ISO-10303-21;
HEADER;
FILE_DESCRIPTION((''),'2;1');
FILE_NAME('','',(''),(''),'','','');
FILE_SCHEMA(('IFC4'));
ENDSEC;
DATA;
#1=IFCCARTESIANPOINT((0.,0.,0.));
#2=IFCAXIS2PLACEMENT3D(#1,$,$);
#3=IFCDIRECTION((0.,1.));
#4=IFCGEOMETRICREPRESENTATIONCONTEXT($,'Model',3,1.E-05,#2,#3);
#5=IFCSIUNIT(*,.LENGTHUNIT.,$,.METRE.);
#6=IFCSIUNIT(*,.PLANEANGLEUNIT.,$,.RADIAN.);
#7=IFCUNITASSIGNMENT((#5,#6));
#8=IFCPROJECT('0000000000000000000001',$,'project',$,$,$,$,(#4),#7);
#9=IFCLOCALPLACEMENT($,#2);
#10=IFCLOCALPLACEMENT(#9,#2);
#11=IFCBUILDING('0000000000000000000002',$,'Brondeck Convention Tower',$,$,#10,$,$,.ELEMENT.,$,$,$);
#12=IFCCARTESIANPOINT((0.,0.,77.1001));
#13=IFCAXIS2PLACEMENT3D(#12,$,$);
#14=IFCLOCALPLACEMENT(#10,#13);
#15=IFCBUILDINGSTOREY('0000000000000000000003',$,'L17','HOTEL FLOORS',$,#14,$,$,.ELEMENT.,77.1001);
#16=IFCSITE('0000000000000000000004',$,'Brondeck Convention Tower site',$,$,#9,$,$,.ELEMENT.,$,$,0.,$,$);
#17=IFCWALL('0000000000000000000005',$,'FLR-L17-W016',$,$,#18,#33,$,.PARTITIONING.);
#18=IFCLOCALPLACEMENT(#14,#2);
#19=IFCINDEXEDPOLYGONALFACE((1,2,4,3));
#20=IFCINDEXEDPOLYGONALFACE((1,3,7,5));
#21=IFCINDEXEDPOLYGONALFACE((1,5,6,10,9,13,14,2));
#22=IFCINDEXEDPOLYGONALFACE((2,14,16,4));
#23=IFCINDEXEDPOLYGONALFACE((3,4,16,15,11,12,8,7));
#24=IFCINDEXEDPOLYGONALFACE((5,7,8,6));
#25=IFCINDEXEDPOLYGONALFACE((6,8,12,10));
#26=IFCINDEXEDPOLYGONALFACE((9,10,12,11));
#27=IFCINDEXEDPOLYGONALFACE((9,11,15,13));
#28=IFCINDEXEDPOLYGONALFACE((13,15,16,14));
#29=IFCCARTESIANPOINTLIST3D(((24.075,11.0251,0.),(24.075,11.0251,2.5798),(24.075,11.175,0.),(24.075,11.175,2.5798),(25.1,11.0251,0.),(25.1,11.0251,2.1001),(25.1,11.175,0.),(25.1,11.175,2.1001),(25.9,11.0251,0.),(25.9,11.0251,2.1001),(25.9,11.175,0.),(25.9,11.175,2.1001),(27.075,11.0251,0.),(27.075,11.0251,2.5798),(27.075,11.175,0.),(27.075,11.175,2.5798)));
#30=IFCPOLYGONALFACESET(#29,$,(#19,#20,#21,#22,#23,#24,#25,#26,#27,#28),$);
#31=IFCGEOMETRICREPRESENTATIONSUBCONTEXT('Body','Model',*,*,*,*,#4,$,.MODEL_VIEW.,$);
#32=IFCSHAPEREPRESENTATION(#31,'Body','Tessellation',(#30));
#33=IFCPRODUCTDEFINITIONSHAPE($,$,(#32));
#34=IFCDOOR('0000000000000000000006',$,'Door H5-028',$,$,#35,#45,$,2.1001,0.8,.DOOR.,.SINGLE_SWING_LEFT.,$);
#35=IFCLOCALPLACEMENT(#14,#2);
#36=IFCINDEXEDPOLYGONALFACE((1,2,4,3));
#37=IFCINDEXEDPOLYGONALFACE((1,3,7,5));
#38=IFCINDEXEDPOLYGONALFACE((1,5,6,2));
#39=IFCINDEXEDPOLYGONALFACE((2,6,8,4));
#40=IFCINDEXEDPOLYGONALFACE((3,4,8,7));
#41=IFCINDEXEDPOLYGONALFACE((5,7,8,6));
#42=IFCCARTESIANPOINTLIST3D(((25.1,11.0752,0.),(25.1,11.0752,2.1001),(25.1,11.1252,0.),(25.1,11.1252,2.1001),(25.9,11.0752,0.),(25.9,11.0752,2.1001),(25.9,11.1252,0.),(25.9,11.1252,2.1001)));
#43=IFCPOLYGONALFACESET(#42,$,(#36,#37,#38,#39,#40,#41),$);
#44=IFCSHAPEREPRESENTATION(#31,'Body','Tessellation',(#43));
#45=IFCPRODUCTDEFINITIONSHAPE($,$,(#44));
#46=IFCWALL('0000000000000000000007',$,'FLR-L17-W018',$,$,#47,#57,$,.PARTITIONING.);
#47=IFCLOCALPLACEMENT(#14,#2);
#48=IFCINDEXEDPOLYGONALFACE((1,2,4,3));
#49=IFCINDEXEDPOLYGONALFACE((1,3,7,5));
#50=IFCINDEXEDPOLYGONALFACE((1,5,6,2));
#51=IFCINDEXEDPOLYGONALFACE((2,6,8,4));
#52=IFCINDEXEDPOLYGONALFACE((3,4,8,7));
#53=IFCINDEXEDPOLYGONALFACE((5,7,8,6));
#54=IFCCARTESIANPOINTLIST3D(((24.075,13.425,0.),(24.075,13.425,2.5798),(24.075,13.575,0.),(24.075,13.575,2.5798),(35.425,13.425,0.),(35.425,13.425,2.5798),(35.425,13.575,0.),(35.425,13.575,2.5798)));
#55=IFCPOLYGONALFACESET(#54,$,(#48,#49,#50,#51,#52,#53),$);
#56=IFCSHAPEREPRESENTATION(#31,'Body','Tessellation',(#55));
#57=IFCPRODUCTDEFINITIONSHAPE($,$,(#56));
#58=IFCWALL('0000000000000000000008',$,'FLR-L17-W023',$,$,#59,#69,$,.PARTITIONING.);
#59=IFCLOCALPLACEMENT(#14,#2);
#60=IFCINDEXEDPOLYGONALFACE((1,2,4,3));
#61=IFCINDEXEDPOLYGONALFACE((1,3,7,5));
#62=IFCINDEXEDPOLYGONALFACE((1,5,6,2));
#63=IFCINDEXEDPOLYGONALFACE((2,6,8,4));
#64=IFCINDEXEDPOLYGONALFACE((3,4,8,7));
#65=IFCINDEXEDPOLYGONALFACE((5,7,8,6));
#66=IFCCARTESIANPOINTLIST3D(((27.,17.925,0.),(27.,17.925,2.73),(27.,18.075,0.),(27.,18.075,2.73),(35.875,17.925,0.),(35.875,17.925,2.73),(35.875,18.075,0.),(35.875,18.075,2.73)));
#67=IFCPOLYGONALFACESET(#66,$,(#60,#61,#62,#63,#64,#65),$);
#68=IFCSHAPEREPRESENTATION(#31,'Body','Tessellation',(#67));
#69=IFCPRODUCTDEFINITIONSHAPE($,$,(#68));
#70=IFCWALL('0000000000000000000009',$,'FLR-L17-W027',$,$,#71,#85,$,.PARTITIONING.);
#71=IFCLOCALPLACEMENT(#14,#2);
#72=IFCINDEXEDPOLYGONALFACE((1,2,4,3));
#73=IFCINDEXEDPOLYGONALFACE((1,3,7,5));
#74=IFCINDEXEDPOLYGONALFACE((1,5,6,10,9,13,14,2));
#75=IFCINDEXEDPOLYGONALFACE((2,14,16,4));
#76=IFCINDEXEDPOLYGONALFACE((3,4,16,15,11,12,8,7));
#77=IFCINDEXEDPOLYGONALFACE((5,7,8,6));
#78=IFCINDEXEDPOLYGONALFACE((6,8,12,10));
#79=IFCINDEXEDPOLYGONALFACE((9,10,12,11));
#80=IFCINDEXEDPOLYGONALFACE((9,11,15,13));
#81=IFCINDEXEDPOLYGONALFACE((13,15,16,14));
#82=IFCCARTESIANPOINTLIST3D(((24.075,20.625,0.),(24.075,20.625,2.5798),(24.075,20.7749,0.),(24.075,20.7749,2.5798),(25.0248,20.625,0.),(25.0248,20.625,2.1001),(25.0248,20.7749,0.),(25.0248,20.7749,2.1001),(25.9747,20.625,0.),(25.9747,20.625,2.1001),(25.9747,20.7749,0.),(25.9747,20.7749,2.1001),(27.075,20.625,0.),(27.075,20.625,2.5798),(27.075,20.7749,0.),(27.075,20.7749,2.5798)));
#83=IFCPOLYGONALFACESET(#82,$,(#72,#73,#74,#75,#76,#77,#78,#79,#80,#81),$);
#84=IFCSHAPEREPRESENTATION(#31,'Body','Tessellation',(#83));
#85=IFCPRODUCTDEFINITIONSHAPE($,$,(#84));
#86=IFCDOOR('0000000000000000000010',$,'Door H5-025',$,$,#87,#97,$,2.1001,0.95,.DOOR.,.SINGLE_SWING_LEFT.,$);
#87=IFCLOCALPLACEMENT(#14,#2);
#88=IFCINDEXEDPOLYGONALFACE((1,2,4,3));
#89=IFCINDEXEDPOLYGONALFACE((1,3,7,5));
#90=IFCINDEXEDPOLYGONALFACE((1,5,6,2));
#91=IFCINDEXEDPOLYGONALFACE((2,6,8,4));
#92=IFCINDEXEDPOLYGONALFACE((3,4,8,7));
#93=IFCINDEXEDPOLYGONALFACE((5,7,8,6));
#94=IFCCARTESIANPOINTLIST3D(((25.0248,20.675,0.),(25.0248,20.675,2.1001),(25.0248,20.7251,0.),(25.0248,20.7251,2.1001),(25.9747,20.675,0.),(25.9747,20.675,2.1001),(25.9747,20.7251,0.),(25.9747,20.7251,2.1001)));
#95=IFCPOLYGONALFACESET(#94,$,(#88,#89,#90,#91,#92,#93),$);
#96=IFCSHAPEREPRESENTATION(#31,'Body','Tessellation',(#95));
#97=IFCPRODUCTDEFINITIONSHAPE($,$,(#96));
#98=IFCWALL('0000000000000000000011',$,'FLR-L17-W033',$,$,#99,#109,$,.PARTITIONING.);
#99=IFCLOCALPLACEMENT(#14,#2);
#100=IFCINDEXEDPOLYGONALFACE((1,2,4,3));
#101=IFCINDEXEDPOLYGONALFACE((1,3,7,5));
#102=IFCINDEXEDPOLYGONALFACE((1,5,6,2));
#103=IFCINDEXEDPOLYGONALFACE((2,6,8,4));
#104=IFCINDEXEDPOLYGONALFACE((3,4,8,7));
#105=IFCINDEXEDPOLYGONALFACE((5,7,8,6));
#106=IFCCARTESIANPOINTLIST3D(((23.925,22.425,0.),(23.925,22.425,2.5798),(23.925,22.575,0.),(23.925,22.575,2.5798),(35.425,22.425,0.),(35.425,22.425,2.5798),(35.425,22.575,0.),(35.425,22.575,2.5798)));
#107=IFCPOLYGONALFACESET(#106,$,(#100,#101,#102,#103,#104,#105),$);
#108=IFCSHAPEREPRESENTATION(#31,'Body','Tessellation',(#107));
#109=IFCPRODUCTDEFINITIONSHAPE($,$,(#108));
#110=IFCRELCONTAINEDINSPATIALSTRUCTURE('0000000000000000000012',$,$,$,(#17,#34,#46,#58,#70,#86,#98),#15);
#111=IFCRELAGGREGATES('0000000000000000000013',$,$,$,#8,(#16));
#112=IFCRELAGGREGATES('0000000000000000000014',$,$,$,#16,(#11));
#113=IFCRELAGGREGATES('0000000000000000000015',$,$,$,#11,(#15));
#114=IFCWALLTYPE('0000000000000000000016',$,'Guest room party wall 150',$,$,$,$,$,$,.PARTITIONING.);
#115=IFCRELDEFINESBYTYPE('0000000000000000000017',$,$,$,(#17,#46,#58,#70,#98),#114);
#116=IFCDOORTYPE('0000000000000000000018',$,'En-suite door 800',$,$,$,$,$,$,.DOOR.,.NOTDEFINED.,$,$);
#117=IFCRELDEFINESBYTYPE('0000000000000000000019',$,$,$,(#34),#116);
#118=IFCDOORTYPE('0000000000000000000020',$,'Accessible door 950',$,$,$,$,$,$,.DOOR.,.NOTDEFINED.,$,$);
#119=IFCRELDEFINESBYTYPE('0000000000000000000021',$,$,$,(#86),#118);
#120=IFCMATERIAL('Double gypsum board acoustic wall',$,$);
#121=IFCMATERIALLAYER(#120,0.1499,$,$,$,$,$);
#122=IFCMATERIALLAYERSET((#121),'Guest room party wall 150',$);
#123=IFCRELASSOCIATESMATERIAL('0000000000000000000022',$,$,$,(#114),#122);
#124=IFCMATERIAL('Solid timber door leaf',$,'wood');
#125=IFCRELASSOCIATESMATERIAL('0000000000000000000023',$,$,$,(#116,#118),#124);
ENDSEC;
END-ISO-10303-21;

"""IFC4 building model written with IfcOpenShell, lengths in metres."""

from ifc_helpers import new_model, si_unit, direction, frame, frame_2d, origin, place, context, subcontext, project, spatial, rectangle, extrude, material, layer, layer_set, type_object, element, fill, save


model = new_model("IFC4")

# Units and contexts
model_context = context("Model", 3, precision=1e-05, world=origin(), true_north=direction((0.0, 1.0)))
body_context = subcontext(model_context, "Body", "Model", "MODEL_VIEW")
ifc_project = project(units=[si_unit("LENGTHUNIT", "METRE"), si_unit("PLANEANGLEUNIT", "RADIAN")], contexts=[model_context])

# Site, building, storey
site_placement = place(None, origin())
site = spatial("IfcSite", under=ifc_project, at=site_placement, Name="Brondeck Convention Tower site", CompositionType="ELEMENT", RefElevation=0.0)
building_placement = place(site_placement, origin())
building = spatial("IfcBuilding", under=site, at=building_placement, Name="Brondeck Convention Tower", CompositionType="ELEMENT")
storey_placement = place(building_placement, frame((0.0, 0.0, 77.1001)))
storey = spatial("IfcBuildingStorey", under=building, at=storey_placement, Name="L17", Description="HOTEL FLOORS", CompositionType="ELEMENT", Elevation=77.1001)

# Wall, opening, door
ifc_material_1 = material(Name="Double gypsum board acoustic wall")
ifc_layer_1 = layer(ifc_material_1, 0.1499)
ifc_layer_set_1 = layer_set([ifc_layer_1], Name="Guest room party wall 150")
wall_type_1 = type_object("IfcWallType", Name="Guest room party wall 150", PredefinedType="PARTITIONING", material=ifc_layer_set_1)
wall_1_placement = place(storey_placement, frame((27.075, 11.1001, 0.0), z_axis=(0.0, 0.0, 1.0), x_axis=(-1.0, 0.0, 0.0)))
wall_1 = element("IfcWall", 1, at=wall_1_placement, inside=storey, type_object=wall_type_1, Name="FLR-L17-W016", PredefinedType="PARTITIONING", context=body_context, shape_type="SweptSolid", body=[
    extrude(rectangle(XDim=3.0, YDim=0.1499, at=frame_2d((1.5, 0.0))), origin(), (0.0, 0.0, 1.0), 2.5798),
])
opening_1_placement = place(wall_1_placement, frame((1.175, 0.0, 0.0)))
opening_1 = element("IfcOpeningElement", 2, at=opening_1_placement, cuts=wall_1, PredefinedType="OPENING", context=body_context, shape_type="SweptSolid", body=[
    extrude(rectangle(XDim=0.8, YDim=2.1001, at=frame_2d((0.3999, 1.05))), frame((0.0, 0.085, 0.0), z_axis=(0.0, -1.0, 0.0), x_axis=(1.0, 0.0, 0.0)), (0.0, 0.0, 1.0), 0.1699),
])
ifc_material_2 = material(Name="Solid timber door leaf", Category="wood")
door_type_1 = type_object("IfcDoorType", Name="En-suite door 800", OperationType="NOTDEFINED", PredefinedType="DOOR", material=ifc_material_2)
door_1_placement = place(opening_1_placement, origin())
door_1 = element("IfcDoor", 3, at=door_1_placement, inside=storey, type_object=door_type_1, Name="Door H5-028", OperationType="SINGLE_SWING_LEFT", OverallHeight=2.1001, OverallWidth=0.8, PredefinedType="DOOR", context=body_context, shape_type="SweptSolid", body=[
    extrude(rectangle(XDim=0.8, YDim=2.1001, at=frame_2d((0.3999, 1.05))), frame((0.0, 0.0249, 0.0), z_axis=(0.0, -1.0, 0.0), x_axis=(1.0, 0.0, 0.0)), (0.0, 0.0, 1.0), 0.05),
])
fill(opening_1, door_1)

# Walls
wall_2_placement = place(storey_placement, frame((35.425, 13.5, 0.0), z_axis=(0.0, 0.0, 1.0), x_axis=(-1.0, 0.0, 0.0)))
element("IfcWall", 4, at=wall_2_placement, inside=storey, type_object=wall_type_1, Name="FLR-L17-W018", PredefinedType="PARTITIONING", context=body_context, shape_type="SweptSolid", body=[
    extrude(rectangle(XDim=11.3501, YDim=0.1499, at=frame_2d((5.675, 0.0))), origin(), (0.0, 0.0, 1.0), 2.5798),
])
wall_3_placement = place(storey_placement, frame((35.875, 18.0, 0.0), z_axis=(0.0, 0.0, 1.0), x_axis=(-1.0, 0.0, 0.0)))
element("IfcWall", 5, at=wall_3_placement, inside=storey, type_object=wall_type_1, Name="FLR-L17-W023", PredefinedType="PARTITIONING", context=body_context, shape_type="SweptSolid", body=[
    extrude(rectangle(XDim=8.875, YDim=0.1499, at=frame_2d((4.4375, 0.0))), origin(), (0.0, 0.0, 1.0), 2.73),
])

# Wall, opening, door
wall_4_placement = place(storey_placement, frame((27.075, 20.7, 0.0), z_axis=(0.0, 0.0, 1.0), x_axis=(-1.0, 0.0, 0.0)))
wall_4 = element("IfcWall", 6, at=wall_4_placement, inside=storey, type_object=wall_type_1, Name="FLR-L17-W027", PredefinedType="PARTITIONING", context=body_context, shape_type="SweptSolid", body=[
    extrude(rectangle(XDim=3.0, YDim=0.1499, at=frame_2d((1.5, 0.0))), origin(), (0.0, 0.0, 1.0), 2.5798),
])
opening_2_placement = place(wall_4_placement, frame((1.1001, 0.0, 0.0)))
opening_2 = element("IfcOpeningElement", 7, at=opening_2_placement, cuts=wall_4, PredefinedType="OPENING", context=body_context, shape_type="SweptSolid", body=[
    extrude(rectangle(XDim=0.95, YDim=2.1001, at=frame_2d((0.4751, 1.05))), frame((0.0, 0.085, 0.0), z_axis=(0.0, -1.0, 0.0), x_axis=(1.0, 0.0, 0.0)), (0.0, 0.0, 1.0), 0.1699),
])
door_type_2 = type_object("IfcDoorType", Name="Accessible door 950", OperationType="NOTDEFINED", PredefinedType="DOOR", material=ifc_material_2)
door_2_placement = place(opening_2_placement, origin())
door_2 = element("IfcDoor", 8, at=door_2_placement, inside=storey, type_object=door_type_2, Name="Door H5-025", OperationType="SINGLE_SWING_LEFT", OverallHeight=2.1001, OverallWidth=0.95, PredefinedType="DOOR", context=body_context, shape_type="SweptSolid", body=[
    extrude(rectangle(XDim=0.95, YDim=2.1001, at=frame_2d((0.4751, 1.05))), frame((0.0, 0.0249, 0.0), z_axis=(0.0, -1.0, 0.0), x_axis=(1.0, 0.0, 0.0)), (0.0, 0.0, 1.0), 0.05),
])
fill(opening_2, door_2)

# Wall
wall_5_placement = place(storey_placement, frame((35.425, 22.5, 0.0), z_axis=(0.0, 0.0, 1.0), x_axis=(-1.0, 0.0, 0.0)))
element("IfcWall", 9, at=wall_5_placement, inside=storey, type_object=wall_type_1, Name="FLR-L17-W033", PredefinedType="PARTITIONING", context=body_context, shape_type="SweptSolid", body=[
    extrude(rectangle(XDim=11.5, YDim=0.1499, at=frame_2d((5.75, 0.0))), origin(), (0.0, 0.0, 1.0), 2.5798),
])

save(model, "model.ifc")
